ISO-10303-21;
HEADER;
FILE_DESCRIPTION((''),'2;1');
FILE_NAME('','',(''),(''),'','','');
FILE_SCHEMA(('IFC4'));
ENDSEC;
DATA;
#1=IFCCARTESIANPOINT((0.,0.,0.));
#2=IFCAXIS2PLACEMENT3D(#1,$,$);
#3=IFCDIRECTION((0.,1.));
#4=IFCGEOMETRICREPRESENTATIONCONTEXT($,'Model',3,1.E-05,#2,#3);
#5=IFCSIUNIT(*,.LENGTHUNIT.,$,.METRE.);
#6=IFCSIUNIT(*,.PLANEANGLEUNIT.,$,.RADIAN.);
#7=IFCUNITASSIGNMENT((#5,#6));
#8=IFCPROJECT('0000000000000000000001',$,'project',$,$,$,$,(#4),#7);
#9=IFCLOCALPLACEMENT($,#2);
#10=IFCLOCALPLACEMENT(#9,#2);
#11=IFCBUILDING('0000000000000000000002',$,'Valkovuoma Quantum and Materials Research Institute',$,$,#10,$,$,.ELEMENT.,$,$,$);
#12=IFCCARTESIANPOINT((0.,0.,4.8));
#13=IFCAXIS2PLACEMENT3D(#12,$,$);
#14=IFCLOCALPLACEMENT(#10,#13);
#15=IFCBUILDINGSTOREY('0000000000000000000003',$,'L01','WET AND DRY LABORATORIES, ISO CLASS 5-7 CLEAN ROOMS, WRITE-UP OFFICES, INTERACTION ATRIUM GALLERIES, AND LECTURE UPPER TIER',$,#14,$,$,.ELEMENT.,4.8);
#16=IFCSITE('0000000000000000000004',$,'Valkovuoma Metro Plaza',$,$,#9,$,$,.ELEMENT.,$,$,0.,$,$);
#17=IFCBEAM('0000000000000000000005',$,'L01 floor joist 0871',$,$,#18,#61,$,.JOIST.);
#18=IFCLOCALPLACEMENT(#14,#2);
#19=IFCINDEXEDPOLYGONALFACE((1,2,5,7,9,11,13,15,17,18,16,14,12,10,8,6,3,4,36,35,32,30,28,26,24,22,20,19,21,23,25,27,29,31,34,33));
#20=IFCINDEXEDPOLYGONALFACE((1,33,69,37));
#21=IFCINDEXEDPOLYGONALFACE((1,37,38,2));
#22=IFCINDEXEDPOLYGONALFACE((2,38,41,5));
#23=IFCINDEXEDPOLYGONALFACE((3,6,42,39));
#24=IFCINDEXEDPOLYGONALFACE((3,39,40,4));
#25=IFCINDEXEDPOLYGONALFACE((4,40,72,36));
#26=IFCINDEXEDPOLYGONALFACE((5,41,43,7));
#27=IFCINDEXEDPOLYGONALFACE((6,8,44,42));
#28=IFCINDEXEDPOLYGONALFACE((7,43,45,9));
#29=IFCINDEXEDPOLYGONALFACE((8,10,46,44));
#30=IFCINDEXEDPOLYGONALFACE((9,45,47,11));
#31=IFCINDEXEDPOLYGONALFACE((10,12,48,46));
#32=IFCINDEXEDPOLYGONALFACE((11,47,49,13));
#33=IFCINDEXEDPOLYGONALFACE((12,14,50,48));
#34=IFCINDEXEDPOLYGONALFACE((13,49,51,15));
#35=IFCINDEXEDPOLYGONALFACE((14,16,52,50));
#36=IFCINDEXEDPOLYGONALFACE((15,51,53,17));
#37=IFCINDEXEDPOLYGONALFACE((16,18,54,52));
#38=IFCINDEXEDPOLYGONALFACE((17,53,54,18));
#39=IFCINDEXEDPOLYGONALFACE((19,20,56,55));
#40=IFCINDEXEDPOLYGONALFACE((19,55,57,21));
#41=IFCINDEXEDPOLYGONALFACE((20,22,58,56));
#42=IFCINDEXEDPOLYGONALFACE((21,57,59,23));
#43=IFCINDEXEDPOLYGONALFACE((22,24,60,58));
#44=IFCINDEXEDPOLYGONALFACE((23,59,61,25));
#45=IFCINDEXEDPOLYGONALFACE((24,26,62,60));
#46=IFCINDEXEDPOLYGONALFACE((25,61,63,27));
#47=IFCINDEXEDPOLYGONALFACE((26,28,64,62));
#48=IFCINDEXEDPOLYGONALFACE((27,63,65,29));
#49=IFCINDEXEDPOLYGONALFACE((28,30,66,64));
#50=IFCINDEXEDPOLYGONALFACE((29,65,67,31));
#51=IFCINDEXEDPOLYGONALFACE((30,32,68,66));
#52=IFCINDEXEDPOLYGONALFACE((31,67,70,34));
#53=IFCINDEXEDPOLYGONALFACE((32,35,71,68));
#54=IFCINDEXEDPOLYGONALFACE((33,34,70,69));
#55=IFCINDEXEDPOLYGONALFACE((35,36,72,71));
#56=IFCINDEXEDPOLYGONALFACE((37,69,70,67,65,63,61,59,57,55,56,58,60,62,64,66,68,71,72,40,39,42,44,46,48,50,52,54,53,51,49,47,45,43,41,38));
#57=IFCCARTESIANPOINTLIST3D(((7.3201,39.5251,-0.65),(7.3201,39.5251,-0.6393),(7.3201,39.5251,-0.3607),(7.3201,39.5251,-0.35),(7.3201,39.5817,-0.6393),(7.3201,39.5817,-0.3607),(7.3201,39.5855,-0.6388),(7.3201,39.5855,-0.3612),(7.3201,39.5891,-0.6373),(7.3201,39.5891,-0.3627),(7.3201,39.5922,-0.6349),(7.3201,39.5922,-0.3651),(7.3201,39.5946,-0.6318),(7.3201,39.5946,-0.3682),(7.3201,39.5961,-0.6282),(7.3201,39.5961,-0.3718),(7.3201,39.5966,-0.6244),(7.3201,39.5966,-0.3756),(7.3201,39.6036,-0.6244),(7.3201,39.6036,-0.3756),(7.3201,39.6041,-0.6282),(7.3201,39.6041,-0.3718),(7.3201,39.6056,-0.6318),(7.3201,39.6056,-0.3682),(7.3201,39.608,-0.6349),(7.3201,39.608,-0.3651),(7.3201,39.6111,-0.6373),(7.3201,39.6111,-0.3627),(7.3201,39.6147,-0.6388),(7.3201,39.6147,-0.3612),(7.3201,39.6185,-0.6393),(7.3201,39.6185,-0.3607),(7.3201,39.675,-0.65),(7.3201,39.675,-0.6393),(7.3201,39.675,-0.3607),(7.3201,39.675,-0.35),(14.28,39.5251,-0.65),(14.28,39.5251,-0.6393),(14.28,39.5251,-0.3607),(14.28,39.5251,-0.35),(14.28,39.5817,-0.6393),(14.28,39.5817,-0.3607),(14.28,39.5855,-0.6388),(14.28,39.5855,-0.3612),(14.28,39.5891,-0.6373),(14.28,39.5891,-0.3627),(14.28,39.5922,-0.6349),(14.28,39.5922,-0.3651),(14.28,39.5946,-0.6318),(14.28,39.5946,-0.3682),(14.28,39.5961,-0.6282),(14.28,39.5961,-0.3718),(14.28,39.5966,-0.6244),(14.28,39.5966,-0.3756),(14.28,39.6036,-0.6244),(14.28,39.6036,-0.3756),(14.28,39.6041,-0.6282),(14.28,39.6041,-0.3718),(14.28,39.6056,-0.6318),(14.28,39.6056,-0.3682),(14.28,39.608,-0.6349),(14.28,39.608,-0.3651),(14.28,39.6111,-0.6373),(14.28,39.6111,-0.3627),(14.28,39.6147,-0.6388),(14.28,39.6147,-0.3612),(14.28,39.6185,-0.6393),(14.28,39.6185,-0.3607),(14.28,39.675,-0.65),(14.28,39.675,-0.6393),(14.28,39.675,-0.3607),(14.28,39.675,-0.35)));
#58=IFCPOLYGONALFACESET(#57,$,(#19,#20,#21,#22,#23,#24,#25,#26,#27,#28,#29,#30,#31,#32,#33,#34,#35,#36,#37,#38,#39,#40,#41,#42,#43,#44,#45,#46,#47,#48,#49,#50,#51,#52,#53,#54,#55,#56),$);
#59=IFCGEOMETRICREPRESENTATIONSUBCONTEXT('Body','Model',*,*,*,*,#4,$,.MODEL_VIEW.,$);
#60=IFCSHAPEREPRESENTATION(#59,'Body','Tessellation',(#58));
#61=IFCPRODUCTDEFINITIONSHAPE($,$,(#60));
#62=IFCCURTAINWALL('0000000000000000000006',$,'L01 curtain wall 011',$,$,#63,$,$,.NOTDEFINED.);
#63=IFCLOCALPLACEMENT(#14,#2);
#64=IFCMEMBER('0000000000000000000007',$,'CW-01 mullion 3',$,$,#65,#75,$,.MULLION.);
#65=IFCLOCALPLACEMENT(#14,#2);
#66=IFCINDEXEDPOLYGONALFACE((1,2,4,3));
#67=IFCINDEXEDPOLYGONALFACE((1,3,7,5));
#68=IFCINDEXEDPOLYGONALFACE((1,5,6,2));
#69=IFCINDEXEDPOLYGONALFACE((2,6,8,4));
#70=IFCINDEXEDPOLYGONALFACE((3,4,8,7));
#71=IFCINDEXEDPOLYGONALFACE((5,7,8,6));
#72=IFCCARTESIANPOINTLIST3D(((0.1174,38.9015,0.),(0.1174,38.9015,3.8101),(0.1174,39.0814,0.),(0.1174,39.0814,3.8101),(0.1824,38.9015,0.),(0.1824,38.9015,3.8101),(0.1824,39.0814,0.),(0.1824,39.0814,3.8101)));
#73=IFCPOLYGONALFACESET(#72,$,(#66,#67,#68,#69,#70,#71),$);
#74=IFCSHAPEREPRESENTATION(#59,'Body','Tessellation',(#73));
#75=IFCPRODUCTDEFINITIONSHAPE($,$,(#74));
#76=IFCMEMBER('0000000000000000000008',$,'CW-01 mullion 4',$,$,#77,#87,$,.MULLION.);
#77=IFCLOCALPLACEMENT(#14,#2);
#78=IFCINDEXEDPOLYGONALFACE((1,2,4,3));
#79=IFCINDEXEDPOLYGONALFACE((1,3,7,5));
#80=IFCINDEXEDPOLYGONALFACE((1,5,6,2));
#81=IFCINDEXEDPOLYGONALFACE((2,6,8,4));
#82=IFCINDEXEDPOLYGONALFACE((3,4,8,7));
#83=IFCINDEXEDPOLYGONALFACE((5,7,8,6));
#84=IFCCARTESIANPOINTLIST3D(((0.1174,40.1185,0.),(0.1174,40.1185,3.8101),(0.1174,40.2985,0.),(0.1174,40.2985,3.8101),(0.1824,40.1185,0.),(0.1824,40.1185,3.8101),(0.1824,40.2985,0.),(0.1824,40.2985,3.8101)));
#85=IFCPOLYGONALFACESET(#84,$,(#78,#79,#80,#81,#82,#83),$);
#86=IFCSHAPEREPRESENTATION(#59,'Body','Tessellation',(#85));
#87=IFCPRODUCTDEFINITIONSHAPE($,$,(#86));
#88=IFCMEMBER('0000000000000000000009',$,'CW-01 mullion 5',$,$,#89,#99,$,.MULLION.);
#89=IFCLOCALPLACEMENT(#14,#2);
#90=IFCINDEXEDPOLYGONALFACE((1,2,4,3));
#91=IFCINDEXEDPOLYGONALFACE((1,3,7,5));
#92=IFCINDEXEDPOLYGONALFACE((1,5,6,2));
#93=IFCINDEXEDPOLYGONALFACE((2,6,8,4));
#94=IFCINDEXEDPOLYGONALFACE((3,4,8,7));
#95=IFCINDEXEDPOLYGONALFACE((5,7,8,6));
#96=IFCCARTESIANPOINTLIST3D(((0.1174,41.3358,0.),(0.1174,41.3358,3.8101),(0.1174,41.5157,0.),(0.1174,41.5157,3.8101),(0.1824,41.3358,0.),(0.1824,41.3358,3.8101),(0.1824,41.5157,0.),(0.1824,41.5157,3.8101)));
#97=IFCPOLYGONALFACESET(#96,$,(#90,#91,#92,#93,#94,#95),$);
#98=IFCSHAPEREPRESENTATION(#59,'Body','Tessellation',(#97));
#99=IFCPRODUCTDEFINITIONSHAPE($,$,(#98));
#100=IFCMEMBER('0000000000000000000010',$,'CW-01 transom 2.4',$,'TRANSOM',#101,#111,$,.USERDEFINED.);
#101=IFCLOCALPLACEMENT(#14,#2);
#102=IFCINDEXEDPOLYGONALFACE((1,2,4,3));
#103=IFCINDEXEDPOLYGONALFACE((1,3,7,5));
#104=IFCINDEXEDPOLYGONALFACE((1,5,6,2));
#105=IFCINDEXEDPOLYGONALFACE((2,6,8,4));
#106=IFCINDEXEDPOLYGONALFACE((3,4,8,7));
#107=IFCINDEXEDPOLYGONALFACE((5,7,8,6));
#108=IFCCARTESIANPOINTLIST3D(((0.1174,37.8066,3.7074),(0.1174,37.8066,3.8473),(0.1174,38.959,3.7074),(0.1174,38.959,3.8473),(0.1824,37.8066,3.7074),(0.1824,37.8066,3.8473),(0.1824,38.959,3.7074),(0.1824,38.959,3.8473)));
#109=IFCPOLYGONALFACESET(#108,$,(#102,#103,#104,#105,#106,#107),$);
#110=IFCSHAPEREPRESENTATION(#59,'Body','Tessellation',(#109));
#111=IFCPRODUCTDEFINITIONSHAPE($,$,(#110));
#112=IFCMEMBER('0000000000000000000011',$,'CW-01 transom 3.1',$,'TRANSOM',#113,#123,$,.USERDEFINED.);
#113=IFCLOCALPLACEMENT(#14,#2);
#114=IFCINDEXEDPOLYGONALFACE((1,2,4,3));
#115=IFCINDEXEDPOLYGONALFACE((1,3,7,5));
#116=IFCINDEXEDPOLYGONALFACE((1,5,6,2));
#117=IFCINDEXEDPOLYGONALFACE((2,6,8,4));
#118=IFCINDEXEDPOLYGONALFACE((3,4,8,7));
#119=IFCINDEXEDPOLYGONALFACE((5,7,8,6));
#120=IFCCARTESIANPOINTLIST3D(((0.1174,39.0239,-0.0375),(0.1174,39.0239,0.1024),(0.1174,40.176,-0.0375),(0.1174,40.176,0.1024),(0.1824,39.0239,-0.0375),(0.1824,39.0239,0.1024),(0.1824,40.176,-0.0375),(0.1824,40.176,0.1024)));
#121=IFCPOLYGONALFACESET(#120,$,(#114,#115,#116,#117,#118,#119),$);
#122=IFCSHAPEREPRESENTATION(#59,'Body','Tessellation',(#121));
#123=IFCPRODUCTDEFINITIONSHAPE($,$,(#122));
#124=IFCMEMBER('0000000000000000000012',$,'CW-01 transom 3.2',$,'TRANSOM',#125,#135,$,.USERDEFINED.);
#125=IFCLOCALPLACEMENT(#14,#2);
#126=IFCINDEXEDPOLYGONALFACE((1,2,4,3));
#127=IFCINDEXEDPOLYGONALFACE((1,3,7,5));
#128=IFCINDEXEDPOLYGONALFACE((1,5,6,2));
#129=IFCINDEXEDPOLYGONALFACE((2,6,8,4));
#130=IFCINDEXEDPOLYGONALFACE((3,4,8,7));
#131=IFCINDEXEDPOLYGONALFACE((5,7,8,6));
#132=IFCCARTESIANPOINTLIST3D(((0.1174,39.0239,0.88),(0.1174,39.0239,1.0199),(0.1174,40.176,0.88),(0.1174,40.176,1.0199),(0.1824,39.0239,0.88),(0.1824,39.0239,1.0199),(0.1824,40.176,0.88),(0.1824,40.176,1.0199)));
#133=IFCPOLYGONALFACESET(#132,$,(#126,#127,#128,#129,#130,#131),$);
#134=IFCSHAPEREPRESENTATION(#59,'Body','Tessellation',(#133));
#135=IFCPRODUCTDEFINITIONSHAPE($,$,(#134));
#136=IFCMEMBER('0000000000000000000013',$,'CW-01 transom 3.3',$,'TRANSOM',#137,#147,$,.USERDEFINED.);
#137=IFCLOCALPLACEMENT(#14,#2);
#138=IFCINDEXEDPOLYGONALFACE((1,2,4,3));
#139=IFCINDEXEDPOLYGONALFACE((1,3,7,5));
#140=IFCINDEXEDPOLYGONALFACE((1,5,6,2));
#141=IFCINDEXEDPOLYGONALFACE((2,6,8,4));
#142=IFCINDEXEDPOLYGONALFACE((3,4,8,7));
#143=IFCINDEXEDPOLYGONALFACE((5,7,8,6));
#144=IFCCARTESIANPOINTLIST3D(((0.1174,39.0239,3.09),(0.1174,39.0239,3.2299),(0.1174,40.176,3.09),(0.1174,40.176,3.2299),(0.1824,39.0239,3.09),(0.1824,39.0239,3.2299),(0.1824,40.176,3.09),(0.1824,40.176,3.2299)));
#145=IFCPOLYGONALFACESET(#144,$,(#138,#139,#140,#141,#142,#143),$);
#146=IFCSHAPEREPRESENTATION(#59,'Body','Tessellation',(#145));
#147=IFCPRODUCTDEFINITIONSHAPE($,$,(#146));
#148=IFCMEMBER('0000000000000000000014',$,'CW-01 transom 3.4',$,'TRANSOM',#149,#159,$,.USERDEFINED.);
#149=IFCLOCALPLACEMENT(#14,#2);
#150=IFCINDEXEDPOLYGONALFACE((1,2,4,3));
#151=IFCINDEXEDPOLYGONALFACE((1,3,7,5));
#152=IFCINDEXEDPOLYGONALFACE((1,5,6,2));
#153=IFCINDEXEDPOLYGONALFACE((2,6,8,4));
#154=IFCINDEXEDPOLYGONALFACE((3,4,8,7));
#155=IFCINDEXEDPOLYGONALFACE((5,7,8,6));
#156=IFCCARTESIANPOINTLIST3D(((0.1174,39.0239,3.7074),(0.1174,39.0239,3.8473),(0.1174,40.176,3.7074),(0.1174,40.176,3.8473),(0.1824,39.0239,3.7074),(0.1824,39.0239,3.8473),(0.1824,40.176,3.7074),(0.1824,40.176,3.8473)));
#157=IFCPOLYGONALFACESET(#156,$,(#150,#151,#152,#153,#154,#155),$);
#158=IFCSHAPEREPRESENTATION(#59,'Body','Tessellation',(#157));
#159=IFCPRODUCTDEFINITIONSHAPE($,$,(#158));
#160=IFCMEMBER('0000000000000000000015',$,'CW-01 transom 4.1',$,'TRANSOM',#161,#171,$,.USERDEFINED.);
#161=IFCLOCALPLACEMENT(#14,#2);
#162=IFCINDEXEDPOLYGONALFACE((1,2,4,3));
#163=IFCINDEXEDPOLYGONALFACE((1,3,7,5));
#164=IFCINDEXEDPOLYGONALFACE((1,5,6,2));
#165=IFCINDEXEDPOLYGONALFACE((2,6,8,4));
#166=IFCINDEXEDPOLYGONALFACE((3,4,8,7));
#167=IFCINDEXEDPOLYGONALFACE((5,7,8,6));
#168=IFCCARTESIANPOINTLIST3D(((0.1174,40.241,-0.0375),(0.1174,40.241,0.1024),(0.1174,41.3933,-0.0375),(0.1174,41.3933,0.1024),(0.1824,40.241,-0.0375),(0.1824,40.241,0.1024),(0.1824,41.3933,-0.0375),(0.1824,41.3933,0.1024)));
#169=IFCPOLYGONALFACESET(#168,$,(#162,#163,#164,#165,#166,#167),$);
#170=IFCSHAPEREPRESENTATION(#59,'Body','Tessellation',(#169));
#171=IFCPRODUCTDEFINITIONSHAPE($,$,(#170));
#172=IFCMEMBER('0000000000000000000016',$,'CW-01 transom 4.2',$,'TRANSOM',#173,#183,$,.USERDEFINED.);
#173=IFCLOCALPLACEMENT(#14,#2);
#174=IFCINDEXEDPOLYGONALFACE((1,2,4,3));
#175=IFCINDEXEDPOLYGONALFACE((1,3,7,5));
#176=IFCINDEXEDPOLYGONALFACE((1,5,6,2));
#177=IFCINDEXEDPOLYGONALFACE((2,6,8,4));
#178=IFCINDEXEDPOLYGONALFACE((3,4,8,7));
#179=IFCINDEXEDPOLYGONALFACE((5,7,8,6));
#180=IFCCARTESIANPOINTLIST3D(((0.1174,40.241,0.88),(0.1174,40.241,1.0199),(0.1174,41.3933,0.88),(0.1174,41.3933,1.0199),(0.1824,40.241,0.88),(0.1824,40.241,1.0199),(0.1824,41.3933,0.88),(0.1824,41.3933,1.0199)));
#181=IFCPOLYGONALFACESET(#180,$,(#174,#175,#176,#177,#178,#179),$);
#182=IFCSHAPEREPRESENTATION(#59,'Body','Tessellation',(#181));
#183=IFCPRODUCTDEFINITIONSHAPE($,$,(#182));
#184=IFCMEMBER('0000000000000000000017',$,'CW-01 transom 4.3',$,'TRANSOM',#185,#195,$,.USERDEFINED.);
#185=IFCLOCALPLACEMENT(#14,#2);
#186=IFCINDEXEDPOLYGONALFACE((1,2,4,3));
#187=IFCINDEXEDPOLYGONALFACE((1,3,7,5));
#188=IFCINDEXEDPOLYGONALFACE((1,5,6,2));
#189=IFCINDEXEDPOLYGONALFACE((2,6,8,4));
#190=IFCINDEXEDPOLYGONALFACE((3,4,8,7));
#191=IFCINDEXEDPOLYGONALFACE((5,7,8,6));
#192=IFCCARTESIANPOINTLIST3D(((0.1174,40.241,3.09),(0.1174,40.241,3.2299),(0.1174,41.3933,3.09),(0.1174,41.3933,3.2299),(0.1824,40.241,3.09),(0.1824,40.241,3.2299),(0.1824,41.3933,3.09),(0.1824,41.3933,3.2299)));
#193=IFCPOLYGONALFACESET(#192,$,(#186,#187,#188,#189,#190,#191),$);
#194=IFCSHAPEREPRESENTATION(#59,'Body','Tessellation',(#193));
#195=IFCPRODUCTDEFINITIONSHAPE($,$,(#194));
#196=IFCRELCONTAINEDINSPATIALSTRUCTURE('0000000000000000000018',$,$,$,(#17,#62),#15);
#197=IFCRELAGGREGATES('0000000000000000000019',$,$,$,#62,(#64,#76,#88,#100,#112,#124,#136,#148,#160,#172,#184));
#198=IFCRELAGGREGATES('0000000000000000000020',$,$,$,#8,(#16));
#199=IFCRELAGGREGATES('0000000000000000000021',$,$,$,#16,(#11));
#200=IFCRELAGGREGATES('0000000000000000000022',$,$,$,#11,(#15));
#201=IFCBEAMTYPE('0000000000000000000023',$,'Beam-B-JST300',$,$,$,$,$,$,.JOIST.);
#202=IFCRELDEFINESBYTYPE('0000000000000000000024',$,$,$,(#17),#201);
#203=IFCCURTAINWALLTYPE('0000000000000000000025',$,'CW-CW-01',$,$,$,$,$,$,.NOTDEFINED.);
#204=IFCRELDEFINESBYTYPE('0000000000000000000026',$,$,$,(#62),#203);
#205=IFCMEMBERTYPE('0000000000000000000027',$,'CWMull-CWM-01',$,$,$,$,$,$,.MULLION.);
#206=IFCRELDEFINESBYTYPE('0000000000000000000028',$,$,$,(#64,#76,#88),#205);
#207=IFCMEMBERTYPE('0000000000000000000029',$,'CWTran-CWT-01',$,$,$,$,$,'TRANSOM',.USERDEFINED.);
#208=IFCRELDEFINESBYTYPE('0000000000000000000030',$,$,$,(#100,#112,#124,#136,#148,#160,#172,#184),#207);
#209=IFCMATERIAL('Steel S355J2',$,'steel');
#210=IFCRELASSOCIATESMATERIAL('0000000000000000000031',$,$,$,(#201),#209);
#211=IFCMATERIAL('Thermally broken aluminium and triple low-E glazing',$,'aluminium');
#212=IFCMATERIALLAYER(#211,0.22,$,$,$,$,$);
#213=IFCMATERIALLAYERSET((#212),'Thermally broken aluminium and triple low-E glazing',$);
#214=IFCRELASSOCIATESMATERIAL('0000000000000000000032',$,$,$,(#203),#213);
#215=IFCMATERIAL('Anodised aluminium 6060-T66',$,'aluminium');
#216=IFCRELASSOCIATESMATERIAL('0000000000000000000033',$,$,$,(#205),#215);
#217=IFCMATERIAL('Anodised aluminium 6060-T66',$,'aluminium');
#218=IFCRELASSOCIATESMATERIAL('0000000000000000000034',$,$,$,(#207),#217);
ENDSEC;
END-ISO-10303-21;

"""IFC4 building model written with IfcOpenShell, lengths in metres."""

from ifc_helpers import new_model, si_unit, direction, frame, origin, origin_2d, place, context, subcontext, project, spatial, rectangle, i_section, extrude, material, layer, layer_set, material_profile, profile_set, type_object, element, aggregate, save


model = new_model("IFC4")

# Units and contexts
model_context = context("Model", 3, precision=1e-05, world=origin(), true_north=direction((0.0, 1.0)))
body_context = subcontext(model_context, "Body", "Model", "MODEL_VIEW")
ifc_project = project(units=[si_unit("LENGTHUNIT", "METRE"), si_unit("PLANEANGLEUNIT", "RADIAN")], contexts=[model_context])

# Site, building, storey
site_placement = place(None, origin())
site = spatial("IfcSite", under=ifc_project, at=site_placement, Name="Valkovuoma Metro Plaza", CompositionType="ELEMENT", RefElevation=0.0)
building_placement = place(site_placement, origin())
building = spatial("IfcBuilding", under=site, at=building_placement, Name="Valkovuoma Quantum and Materials Research Institute", CompositionType="ELEMENT")
storey_placement = place(building_placement, frame((0.0, 0.0, 4.8)))
storey = spatial("IfcBuildingStorey", under=building, at=storey_placement, Name="L01", Description="WET AND DRY LABORATORIES, ISO CLASS 5-7 CLEAN ROOMS, WRITE-UP OFFICES, INTERACTION ATRIUM GALLERIES, AND LECTURE UPPER TIER", CompositionType="ELEMENT", Elevation=4.8)

# Beam
ifc_material_1 = material(Name="Steel S355J2", Category="steel")
ifc_material_profile_1 = material_profile(ifc_material_1, i_section(OverallWidth=0.1499, OverallDepth=0.3, WebThickness=0.0071, FlangeThickness=0.0107, FilletRadius=0.0149, at=origin_2d()), Name="Steel S355J2")
ifc_profile_set_1 = profile_set([ifc_material_profile_1], Name="Steel S355J2")
beam_type = type_object("IfcBeamType", Name="Beam-B-JST300", PredefinedType="JOIST", material=ifc_profile_set_1)
beam_placement = place(storey_placement, frame((7.3201, 39.6001, -0.5), z_axis=(1.0, 0.0, 0.0), x_axis=(0.0, 1.0, 0.0)))
element("IfcBeam", 1, at=beam_placement, inside=storey, type_object=beam_type, Name="L01 floor joist 0871", PredefinedType="JOIST", context=body_context, shape_type="SweptSolid", body=[
    extrude(i_section(OverallWidth=0.1499, OverallDepth=0.3, WebThickness=0.0071, FlangeThickness=0.0107, FilletRadius=0.0149, at=origin_2d()), origin(), (0.0, 0.0, 1.0), 6.96),
])

# Curtain wall, members
ifc_material_2 = material(Name="Thermally broken aluminium and triple low-E glazing", Category="aluminium")
ifc_layer_1 = layer(ifc_material_2, 0.22)
ifc_layer_set_1 = layer_set([ifc_layer_1], Name="Thermally broken aluminium and triple low-E glazing")
curtain_wall_type = type_object("IfcCurtainWallType", Name="CW-CW-01", PredefinedType="NOTDEFINED", material=ifc_layer_set_1)
curtain_wall_placement = place(storey_placement, origin())
curtain_wall = element("IfcCurtainWall", 2, at=curtain_wall_placement, inside=storey, type_object=curtain_wall_type, Name="L01 curtain wall 011", PredefinedType="NOTDEFINED")
ifc_material_3 = material(Name="Anodised aluminium 6060-T66", Category="aluminium")
ifc_material_profile_2 = material_profile(ifc_material_3, rectangle(XDim=0.0649, YDim=0.1799, at=origin_2d()), Name="Anodised aluminium 6060-T66")
ifc_profile_set_2 = profile_set([ifc_material_profile_2], Name="Anodised aluminium 6060-T66")
member_type_1 = type_object("IfcMemberType", Name="CWMull-CWM-01", PredefinedType="MULLION", material=ifc_profile_set_2)
member_1_placement = place(storey_placement, frame((0.1499, 38.9915, 0.0), z_axis=(0.0, 0.0, 1.0), x_axis=(-1.0, 0.0, 0.0)))
member_1 = element("IfcMember", 3, at=member_1_placement, type_object=member_type_1, Name="CW-01 mullion 3", PredefinedType="MULLION", context=body_context, shape_type="SweptSolid", body=[
    extrude(rectangle(XDim=0.0649, YDim=0.1799, at=origin_2d()), origin(), (0.0, 0.0, 1.0), 3.8101),
])
member_2_placement = place(storey_placement, frame((0.1499, 40.2085, 0.0), z_axis=(0.0, 0.0, 1.0), x_axis=(-1.0, 0.0, 0.0)))
member_2 = element("IfcMember", 4, at=member_2_placement, type_object=member_type_1, Name="CW-01 mullion 4", PredefinedType="MULLION", context=body_context, shape_type="SweptSolid", body=[
    extrude(rectangle(XDim=0.0649, YDim=0.1799, at=origin_2d()), origin(), (0.0, 0.0, 1.0), 3.8101),
])
member_3_placement = place(storey_placement, frame((0.1499, 41.4258, 0.0), z_axis=(0.0, 0.0, 1.0), x_axis=(-1.0, 0.0, 0.0)))
member_3 = element("IfcMember", 5, at=member_3_placement, type_object=member_type_1, Name="CW-01 mullion 5", PredefinedType="MULLION", context=body_context, shape_type="SweptSolid", body=[
    extrude(rectangle(XDim=0.0649, YDim=0.1799, at=origin_2d()), origin(), (0.0, 0.0, 1.0), 3.8101),
])
ifc_material_4 = material(Name="Anodised aluminium 6060-T66", Category="aluminium")
ifc_material_profile_3 = material_profile(ifc_material_4, rectangle(XDim=0.0649, YDim=0.1399, at=origin_2d()), Name="Anodised aluminium 6060-T66")
ifc_profile_set_3 = profile_set([ifc_material_profile_3], Name="Anodised aluminium 6060-T66")
member_type_2 = type_object("IfcMemberType", Name="CWTran-CWT-01", ElementType="TRANSOM", PredefinedType="USERDEFINED", material=ifc_profile_set_3)
member_4_placement = place(storey_placement, frame((0.1499, 37.8066, 3.7773), z_axis=(0.0, 1.0, 0.0), x_axis=(-1.0, 0.0, 0.0)))
member_4 = element("IfcMember", 6, at=member_4_placement, type_object=member_type_2, Name="CW-01 transom 2.4", ObjectType="TRANSOM", PredefinedType="USERDEFINED", context=body_context, shape_type="SweptSolid", body=[
    extrude(rectangle(XDim=0.0649, YDim=0.1399, at=origin_2d()), origin(), (0.0, 0.0, 1.0), 1.1523),
])
member_5_placement = place(storey_placement, frame((0.1499, 39.0239, 0.0325), z_axis=(0.0, 1.0, 0.0), x_axis=(-1.0, 0.0, 0.0)))
member_5 = element("IfcMember", 7, at=member_5_placement, type_object=member_type_2, Name="CW-01 transom 3.1", ObjectType="TRANSOM", PredefinedType="USERDEFINED", context=body_context, shape_type="SweptSolid", body=[
    extrude(rectangle(XDim=0.0649, YDim=0.1399, at=origin_2d()), origin(), (0.0, 0.0, 1.0), 1.1521),
])
member_6_placement = place(storey_placement, frame((0.1499, 39.0239, 0.95), z_axis=(0.0, 1.0, 0.0), x_axis=(-1.0, 0.0, 0.0)))
member_6 = element("IfcMember", 8, at=member_6_placement, type_object=member_type_2, Name="CW-01 transom 3.2", ObjectType="TRANSOM", PredefinedType="USERDEFINED", context=body_context, shape_type="SweptSolid", body=[
    extrude(rectangle(XDim=0.0649, YDim=0.1399, at=origin_2d()), origin(), (0.0, 0.0, 1.0), 1.1521),
])
member_7_placement = place(storey_placement, frame((0.1499, 39.0239, 3.1599), z_axis=(0.0, 1.0, 0.0), x_axis=(-1.0, 0.0, 0.0)))
member_7 = element("IfcMember", 9, at=member_7_placement, type_object=member_type_2, Name="CW-01 transom 3.3", ObjectType="TRANSOM", PredefinedType="USERDEFINED", context=body_context, shape_type="SweptSolid", body=[
    extrude(rectangle(XDim=0.0649, YDim=0.1399, at=origin_2d()), origin(), (0.0, 0.0, 1.0), 1.1521),
])
member_8_placement = place(storey_placement, frame((0.1499, 39.0239, 3.7773), z_axis=(0.0, 1.0, 0.0), x_axis=(-1.0, 0.0, 0.0)))
member_8 = element("IfcMember", 10, at=member_8_placement, type_object=member_type_2, Name="CW-01 transom 3.4", ObjectType="TRANSOM", PredefinedType="USERDEFINED", context=body_context, shape_type="SweptSolid", body=[
    extrude(rectangle(XDim=0.0649, YDim=0.1399, at=origin_2d()), origin(), (0.0, 0.0, 1.0), 1.1521),
])
member_9_placement = place(storey_placement, frame((0.1499, 40.241, 0.0325), z_axis=(0.0, 1.0, 0.0), x_axis=(-1.0, 0.0, 0.0)))
member_9 = element("IfcMember", 11, at=member_9_placement, type_object=member_type_2, Name="CW-01 transom 4.1", ObjectType="TRANSOM", PredefinedType="USERDEFINED", context=body_context, shape_type="SweptSolid", body=[
    extrude(rectangle(XDim=0.0649, YDim=0.1399, at=origin_2d()), origin(), (0.0, 0.0, 1.0), 1.1523),
])
member_10_placement = place(storey_placement, frame((0.1499, 40.241, 0.95), z_axis=(0.0, 1.0, 0.0), x_axis=(-1.0, 0.0, 0.0)))
member_10 = element("IfcMember", 12, at=member_10_placement, type_object=member_type_2, Name="CW-01 transom 4.2", ObjectType="TRANSOM", PredefinedType="USERDEFINED", context=body_context, shape_type="SweptSolid", body=[
    extrude(rectangle(XDim=0.0649, YDim=0.1399, at=origin_2d()), origin(), (0.0, 0.0, 1.0), 1.1523),
])
member_11_placement = place(storey_placement, frame((0.1499, 40.241, 3.1599), z_axis=(0.0, 1.0, 0.0), x_axis=(-1.0, 0.0, 0.0)))
member_11 = element("IfcMember", 13, at=member_11_placement, type_object=member_type_2, Name="CW-01 transom 4.3", ObjectType="TRANSOM", PredefinedType="USERDEFINED", context=body_context, shape_type="SweptSolid", body=[
    extrude(rectangle(XDim=0.0649, YDim=0.1399, at=origin_2d()), origin(), (0.0, 0.0, 1.0), 1.1523),
])
aggregate(curtain_wall, [member_1, member_2, member_3, member_4, member_5, member_6, member_7, member_8, member_9, member_10, member_11])

save(model, "model.ifc")
